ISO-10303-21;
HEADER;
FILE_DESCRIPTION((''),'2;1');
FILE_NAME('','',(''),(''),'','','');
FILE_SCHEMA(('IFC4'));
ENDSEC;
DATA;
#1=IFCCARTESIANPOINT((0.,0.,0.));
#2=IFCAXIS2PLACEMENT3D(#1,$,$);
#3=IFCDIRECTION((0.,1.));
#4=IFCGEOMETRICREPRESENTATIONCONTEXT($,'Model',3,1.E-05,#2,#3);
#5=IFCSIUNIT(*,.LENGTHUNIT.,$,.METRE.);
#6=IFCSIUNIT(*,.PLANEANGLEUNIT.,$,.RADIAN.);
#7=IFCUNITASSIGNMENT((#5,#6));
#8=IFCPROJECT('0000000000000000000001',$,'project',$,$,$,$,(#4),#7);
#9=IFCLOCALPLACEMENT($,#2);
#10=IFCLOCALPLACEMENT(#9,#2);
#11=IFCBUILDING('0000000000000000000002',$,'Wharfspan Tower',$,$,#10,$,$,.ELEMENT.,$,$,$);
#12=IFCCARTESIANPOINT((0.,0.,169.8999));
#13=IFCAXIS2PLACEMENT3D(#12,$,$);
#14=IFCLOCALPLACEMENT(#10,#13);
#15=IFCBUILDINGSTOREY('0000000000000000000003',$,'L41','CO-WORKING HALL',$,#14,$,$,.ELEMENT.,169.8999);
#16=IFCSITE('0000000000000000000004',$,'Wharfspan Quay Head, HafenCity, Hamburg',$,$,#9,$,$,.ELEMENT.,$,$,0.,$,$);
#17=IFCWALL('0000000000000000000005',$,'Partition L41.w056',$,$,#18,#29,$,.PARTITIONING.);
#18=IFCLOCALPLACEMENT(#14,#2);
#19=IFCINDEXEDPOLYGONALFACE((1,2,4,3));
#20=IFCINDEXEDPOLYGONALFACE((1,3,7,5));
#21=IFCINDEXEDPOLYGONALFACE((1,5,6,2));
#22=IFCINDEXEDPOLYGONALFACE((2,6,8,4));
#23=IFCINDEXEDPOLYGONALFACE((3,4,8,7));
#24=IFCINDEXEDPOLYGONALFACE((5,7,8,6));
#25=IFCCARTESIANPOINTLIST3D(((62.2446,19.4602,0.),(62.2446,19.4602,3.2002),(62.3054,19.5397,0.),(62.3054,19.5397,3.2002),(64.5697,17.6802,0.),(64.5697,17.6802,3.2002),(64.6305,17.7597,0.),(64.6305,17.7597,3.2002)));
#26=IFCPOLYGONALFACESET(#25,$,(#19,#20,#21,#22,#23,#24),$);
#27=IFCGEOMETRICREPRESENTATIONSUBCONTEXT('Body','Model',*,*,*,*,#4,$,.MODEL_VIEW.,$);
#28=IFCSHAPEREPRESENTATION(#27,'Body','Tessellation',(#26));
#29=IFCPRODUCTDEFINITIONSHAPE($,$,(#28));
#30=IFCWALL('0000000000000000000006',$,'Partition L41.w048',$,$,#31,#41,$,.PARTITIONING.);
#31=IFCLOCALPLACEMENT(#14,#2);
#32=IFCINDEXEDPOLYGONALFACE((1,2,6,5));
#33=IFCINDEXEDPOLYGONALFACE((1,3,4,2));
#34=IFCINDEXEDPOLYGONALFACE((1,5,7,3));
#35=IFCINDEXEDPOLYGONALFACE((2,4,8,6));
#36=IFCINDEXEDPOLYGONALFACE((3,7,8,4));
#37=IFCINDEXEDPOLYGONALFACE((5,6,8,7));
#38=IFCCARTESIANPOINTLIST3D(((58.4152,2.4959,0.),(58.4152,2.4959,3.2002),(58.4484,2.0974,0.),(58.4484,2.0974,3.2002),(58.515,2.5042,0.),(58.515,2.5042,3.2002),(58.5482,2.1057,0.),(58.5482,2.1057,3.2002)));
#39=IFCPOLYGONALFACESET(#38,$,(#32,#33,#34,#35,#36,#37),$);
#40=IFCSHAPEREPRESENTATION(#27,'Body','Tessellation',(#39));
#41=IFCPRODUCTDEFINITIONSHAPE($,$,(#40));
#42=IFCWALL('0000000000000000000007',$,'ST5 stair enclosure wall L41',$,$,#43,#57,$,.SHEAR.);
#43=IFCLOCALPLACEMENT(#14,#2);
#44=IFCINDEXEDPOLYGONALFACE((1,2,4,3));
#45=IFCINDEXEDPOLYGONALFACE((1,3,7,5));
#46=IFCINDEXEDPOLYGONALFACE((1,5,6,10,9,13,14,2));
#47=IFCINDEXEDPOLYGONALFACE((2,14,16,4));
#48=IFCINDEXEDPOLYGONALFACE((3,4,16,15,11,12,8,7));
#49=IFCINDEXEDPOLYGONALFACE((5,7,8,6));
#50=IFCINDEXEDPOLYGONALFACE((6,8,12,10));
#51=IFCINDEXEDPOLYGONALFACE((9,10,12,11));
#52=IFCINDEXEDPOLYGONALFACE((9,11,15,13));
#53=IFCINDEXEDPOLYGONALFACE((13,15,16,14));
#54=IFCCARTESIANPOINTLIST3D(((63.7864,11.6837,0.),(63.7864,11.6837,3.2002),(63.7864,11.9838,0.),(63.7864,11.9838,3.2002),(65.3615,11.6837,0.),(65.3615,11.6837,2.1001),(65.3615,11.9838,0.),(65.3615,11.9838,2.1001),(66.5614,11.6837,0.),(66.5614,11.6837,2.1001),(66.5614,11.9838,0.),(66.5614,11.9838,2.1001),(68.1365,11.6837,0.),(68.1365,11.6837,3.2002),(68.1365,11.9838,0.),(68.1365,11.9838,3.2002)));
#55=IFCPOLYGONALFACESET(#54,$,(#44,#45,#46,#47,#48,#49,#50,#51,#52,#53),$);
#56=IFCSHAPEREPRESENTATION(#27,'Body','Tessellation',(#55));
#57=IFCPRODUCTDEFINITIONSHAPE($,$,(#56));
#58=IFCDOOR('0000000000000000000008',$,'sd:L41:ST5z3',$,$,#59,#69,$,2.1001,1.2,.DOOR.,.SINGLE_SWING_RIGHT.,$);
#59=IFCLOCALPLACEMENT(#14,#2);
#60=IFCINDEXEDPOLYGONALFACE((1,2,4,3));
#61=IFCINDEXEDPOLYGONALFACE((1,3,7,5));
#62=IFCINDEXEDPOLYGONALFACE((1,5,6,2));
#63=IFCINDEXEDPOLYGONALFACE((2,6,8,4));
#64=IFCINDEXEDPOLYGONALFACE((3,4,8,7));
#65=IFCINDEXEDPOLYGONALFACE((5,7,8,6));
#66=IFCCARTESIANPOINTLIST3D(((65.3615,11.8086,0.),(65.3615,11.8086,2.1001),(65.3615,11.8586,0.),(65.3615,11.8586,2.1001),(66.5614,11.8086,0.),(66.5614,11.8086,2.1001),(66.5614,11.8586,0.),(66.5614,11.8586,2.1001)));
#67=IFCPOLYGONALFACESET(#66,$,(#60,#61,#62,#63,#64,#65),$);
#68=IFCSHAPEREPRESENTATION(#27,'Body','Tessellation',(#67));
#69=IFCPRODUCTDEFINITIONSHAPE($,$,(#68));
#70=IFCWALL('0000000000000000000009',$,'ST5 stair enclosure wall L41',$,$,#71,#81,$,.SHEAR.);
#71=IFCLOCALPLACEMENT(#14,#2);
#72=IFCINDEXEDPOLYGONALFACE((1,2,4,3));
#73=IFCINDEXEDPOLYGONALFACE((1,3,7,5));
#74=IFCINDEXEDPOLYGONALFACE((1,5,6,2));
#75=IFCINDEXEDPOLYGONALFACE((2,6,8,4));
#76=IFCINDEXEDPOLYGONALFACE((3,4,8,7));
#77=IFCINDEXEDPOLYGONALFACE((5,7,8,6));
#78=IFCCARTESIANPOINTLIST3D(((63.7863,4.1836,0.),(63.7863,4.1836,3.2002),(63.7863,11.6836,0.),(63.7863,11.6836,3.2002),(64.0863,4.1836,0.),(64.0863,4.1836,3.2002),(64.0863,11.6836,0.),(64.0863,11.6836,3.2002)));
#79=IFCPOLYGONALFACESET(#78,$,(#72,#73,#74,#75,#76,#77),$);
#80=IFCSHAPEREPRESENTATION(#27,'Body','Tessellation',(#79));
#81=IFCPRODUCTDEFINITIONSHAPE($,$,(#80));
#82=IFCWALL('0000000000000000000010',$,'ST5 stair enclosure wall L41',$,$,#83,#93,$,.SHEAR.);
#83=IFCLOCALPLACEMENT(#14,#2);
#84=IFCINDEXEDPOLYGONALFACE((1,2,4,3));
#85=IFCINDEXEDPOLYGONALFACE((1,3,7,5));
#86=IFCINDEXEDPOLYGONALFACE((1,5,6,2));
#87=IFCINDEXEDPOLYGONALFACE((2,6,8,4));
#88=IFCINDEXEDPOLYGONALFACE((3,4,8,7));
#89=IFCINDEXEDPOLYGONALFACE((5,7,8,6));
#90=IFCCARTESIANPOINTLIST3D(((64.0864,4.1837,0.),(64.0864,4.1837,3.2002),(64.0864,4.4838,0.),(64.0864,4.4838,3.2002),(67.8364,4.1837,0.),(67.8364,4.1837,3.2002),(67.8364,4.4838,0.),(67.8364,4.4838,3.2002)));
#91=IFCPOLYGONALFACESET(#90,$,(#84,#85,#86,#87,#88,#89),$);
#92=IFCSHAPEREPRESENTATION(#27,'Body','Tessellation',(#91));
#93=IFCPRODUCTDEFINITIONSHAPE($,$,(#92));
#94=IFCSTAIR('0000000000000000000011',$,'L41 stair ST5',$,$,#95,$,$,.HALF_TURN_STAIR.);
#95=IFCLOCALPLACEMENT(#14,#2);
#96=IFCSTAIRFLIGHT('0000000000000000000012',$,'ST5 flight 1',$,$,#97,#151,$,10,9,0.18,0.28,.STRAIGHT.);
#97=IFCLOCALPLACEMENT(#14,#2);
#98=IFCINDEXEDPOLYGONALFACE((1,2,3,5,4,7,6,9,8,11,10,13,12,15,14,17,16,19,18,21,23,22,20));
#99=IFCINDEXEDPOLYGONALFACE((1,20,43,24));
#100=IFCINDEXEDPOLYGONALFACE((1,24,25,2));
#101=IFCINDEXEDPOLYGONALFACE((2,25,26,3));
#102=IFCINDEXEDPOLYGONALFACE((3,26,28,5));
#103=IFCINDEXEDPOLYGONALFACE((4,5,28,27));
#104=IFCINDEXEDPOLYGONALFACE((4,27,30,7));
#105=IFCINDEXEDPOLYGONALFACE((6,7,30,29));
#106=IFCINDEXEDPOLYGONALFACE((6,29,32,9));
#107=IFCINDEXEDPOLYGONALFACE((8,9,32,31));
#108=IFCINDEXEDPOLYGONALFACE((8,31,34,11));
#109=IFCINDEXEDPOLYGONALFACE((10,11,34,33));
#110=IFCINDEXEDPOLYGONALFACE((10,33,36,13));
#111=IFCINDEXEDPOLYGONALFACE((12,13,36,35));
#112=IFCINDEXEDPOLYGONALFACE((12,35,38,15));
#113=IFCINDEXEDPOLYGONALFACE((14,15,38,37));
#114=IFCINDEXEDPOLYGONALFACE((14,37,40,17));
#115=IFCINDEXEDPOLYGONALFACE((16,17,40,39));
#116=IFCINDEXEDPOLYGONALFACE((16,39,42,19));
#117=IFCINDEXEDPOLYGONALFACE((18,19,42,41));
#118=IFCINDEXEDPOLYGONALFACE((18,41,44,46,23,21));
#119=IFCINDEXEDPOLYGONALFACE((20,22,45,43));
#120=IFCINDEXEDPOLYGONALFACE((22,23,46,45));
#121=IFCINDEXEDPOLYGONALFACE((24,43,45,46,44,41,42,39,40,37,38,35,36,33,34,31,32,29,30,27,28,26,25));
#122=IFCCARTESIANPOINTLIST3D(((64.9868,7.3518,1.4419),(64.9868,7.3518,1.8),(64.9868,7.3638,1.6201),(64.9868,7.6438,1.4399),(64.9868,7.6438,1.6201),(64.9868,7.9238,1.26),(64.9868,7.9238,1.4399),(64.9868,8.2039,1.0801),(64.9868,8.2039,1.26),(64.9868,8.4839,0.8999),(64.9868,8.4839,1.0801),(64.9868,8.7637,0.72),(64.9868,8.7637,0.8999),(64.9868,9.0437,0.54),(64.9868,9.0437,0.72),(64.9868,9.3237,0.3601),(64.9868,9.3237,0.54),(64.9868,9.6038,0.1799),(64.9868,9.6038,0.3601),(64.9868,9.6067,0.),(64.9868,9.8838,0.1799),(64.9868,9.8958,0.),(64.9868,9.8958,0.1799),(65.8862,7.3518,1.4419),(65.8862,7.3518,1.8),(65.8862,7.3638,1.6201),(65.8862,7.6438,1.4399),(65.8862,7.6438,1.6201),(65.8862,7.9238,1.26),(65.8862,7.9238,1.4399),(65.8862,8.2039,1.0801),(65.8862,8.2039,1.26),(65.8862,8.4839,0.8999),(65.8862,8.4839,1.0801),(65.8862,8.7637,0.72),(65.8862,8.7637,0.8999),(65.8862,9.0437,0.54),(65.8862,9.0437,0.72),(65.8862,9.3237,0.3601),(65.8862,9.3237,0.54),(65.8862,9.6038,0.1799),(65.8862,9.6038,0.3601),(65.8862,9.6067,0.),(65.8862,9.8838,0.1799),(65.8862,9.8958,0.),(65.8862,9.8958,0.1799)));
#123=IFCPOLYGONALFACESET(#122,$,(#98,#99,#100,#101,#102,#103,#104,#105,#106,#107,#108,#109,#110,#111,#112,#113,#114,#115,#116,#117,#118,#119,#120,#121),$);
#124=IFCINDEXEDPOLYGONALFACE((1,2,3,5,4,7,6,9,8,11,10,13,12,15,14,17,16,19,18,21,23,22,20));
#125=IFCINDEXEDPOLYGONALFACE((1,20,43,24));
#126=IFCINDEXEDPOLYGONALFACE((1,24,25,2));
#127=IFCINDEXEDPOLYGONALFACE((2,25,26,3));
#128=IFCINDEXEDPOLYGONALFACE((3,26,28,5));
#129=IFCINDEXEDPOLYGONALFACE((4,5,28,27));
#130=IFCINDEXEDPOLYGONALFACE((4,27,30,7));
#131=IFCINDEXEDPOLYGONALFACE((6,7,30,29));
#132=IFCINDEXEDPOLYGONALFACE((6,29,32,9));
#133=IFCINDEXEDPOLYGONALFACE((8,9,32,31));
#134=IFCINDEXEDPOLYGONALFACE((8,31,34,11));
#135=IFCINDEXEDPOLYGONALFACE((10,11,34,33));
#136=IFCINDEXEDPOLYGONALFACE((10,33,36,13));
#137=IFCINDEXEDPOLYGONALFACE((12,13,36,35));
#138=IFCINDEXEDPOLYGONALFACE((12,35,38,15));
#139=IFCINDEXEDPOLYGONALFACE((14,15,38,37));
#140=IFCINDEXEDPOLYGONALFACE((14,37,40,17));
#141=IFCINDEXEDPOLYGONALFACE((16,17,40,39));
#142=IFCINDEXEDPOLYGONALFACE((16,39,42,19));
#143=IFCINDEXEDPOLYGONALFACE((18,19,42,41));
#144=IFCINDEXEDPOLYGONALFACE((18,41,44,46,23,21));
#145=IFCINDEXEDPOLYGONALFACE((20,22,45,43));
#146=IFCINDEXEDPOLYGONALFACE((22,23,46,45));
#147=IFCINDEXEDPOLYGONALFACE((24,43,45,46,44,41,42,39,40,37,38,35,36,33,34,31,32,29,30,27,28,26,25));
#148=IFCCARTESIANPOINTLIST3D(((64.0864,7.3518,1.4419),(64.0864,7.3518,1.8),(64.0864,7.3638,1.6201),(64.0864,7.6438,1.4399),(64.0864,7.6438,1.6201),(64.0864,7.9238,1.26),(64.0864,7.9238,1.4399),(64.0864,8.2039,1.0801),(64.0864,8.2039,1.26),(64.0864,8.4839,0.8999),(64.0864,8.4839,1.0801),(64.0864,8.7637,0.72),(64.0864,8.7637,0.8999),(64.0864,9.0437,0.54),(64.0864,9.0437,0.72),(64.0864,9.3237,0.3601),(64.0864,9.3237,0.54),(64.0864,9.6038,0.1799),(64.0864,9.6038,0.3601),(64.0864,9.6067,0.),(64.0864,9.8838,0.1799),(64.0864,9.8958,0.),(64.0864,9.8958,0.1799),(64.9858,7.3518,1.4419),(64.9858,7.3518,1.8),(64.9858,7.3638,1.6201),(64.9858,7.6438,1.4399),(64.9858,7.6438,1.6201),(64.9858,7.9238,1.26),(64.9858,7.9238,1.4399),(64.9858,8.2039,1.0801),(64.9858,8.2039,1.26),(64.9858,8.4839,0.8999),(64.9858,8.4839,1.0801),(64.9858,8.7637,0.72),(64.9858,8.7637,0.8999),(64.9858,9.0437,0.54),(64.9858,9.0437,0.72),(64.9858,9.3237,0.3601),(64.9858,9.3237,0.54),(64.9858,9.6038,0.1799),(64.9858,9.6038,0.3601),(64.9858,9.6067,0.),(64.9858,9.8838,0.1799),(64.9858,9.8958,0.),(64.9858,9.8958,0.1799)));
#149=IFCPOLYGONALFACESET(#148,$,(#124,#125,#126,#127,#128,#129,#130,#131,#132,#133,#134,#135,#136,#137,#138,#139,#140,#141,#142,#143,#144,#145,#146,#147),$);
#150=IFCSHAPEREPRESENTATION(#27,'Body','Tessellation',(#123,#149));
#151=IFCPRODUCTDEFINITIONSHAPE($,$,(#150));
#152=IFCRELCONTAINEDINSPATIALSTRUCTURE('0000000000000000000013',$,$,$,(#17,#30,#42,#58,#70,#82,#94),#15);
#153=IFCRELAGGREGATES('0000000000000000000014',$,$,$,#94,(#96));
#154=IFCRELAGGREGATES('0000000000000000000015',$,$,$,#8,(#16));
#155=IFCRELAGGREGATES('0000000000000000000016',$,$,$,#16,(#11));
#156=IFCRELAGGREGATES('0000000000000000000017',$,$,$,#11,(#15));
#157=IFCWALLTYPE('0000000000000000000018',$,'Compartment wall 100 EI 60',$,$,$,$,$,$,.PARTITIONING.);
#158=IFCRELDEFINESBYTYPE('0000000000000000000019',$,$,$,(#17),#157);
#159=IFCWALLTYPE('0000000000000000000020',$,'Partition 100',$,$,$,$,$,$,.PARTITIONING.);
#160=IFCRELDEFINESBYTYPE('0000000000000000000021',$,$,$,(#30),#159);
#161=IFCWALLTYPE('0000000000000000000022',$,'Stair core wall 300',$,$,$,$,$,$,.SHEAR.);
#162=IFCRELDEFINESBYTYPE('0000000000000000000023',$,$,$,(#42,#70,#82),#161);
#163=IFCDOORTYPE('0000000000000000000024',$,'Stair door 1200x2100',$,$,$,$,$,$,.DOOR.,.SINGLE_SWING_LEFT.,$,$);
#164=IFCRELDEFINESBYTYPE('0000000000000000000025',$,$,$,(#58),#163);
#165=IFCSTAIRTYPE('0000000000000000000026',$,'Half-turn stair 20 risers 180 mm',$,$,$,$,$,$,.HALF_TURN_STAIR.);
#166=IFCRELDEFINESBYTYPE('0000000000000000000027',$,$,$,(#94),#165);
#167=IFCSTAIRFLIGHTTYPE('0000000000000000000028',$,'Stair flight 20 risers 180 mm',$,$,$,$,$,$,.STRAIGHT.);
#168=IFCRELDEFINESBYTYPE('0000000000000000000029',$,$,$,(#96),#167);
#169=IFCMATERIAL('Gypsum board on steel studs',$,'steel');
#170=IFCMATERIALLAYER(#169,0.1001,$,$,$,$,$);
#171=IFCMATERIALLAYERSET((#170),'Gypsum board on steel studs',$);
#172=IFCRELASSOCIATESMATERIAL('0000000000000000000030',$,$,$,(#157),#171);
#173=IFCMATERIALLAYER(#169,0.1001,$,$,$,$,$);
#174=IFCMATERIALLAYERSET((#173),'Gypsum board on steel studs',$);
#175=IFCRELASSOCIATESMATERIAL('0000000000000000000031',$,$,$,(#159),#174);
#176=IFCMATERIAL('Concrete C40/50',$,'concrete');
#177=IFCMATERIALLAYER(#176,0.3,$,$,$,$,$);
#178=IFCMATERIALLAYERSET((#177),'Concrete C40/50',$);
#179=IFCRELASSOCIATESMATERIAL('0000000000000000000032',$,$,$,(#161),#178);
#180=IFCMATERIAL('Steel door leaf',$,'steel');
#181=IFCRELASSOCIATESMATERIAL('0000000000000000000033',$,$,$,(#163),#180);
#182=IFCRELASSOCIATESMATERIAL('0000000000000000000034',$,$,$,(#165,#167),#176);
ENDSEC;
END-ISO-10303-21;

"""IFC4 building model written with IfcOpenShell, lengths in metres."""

from ifc_helpers import new_model, si_unit, direction, frame, frame_2d, origin, place, context, subcontext, project, spatial, polyline, rectangle, outline, extrude, material, layer, layer_set, type_object, element, fill, aggregate, save


model = new_model("IFC4")

# Units and contexts
model_context = context("Model", 3, precision=1e-05, world=origin(), true_north=direction((0.0, 1.0)))
body_context = subcontext(model_context, "Body", "Model", "MODEL_VIEW")
ifc_project = project(units=[si_unit("LENGTHUNIT", "METRE"), si_unit("PLANEANGLEUNIT", "RADIAN")], contexts=[model_context])

# Site, building, storey
site_placement = place(None, origin())
site = spatial("IfcSite", under=ifc_project, at=site_placement, Name="Wharfspan Quay Head, HafenCity, Hamburg", CompositionType="ELEMENT", RefElevation=0.0)
building_placement = place(site_placement, origin())
building = spatial("IfcBuilding", under=site, at=building_placement, Name="Wharfspan Tower", CompositionType="ELEMENT")
storey_placement = place(building_placement, frame((0.0, 0.0, 169.8999)))
storey = spatial("IfcBuildingStorey", under=building, at=storey_placement, Name="L41", Description="CO-WORKING HALL", CompositionType="ELEMENT", Elevation=169.8999)

# Shared definitions
ifc_material_1 = material(Name="Gypsum board on steel studs", Category="steel")
ifc_layer_1 = layer(ifc_material_1, 0.1001)
ifc_layer_set_1 = layer_set([ifc_layer_1], Name="Gypsum board on steel studs")
wall_type_1 = type_object("IfcWallType", Name="Compartment wall 100 EI 60", PredefinedType="PARTITIONING", material=ifc_layer_set_1)

# Walls
wall_1_placement = place(storey_placement, frame((64.6001, 17.72, 0.0), z_axis=(0.0, 0.0, 1.0), x_axis=(-0.794036, 0.607866, 0.0)))
element("IfcWall", 1, at=wall_1_placement, inside=storey, type_object=wall_type_1, Name="Partition L41.w056", PredefinedType="PARTITIONING", context=body_context, shape_type="SweptSolid", body=[
    extrude(rectangle(XDim=2.9282, YDim=0.1001, at=frame_2d((1.4641, 0.0))), origin(), (0.0, 0.0, 1.0), 3.2002),
])
ifc_layer_2 = layer(ifc_material_1, 0.1001)
ifc_layer_set_2 = layer_set([ifc_layer_2], Name="Gypsum board on steel studs")
wall_type_2 = type_object("IfcWallType", Name="Partition 100", PredefinedType="PARTITIONING", material=ifc_layer_set_2)
wall_2_placement = place(storey_placement, frame((58.4983, 2.1016, 0.0), z_axis=(0.0, 0.0, 1.0), x_axis=(-0.083045, 0.996542, 0.0)))
element("IfcWall", 2, at=wall_2_placement, inside=storey, type_object=wall_type_2, Name="Partition L41.w048", PredefinedType="PARTITIONING", context=body_context, shape_type="SweptSolid", body=[
    extrude(rectangle(XDim=0.3999, YDim=0.1001, at=frame_2d((0.2, 0.0))), origin(), (0.0, 0.0, 1.0), 3.2002),
])

# Wall, opening, door
ifc_material_2 = material(Name="Concrete C40/50", Category="concrete")
ifc_layer_3 = layer(ifc_material_2, 0.3)
ifc_layer_set_3 = layer_set([ifc_layer_3], Name="Concrete C40/50")
wall_type_3 = type_object("IfcWallType", Name="Stair core wall 300", PredefinedType="SHEAR", material=ifc_layer_set_3)
wall_3_placement = place(storey_placement, frame((63.7864, 11.8337, 0.0), z_axis=(0.0, 0.0, 1.0), x_axis=(1.0, 0.0, 0.0)))
wall_3 = element("IfcWall", 3, at=wall_3_placement, inside=storey, type_object=wall_type_3, Name="ST5 stair enclosure wall L41", PredefinedType="SHEAR", context=body_context, shape_type="SweptSolid", body=[
    extrude(rectangle(XDim=4.3501, YDim=0.3, at=frame_2d((2.175, 0.0))), origin(), (0.0, 0.0, 1.0), 3.2002),
])
opening_1_placement = place(wall_3_placement, frame((1.575, 0.0, 0.0)))
opening_1 = element("IfcOpeningElement", 4, at=opening_1_placement, cuts=wall_3, PredefinedType="OPENING", context=body_context, shape_type="SweptSolid", body=[
    extrude(rectangle(XDim=1.2, YDim=2.1001, at=frame_2d((0.6001, 1.05))), frame((0.0, 0.1599, 0.0), z_axis=(0.0, -1.0, 0.0), x_axis=(1.0, 0.0, 0.0)), (0.0, 0.0, 1.0), 0.3201),
])
ifc_material_3 = material(Name="Steel door leaf", Category="steel")
door_type_1 = type_object("IfcDoorType", Name="Stair door 1200x2100", OperationType="SINGLE_SWING_LEFT", PredefinedType="DOOR", material=ifc_material_3)
door_1_placement = place(opening_1_placement, origin())
door_1 = element("IfcDoor", 5, at=door_1_placement, inside=storey, type_object=door_type_1, Name="sd:L41:ST5z3", OperationType="SINGLE_SWING_RIGHT", OverallHeight=2.1001, OverallWidth=1.2, PredefinedType="DOOR", context=body_context, shape_type="SweptSolid", body=[
    extrude(rectangle(XDim=1.2, YDim=2.1001, at=frame_2d((0.6001, 1.05))), frame((0.0, 0.0249, 0.0), z_axis=(0.0, -1.0, 0.0), x_axis=(1.0, 0.0, 0.0)), (0.0, 0.0, 1.0), 0.05),
])
fill(opening_1, door_1)

# Walls
wall_4_placement = place(storey_placement, frame((63.9363, 4.1836, 0.0), z_axis=(0.0, 0.0, 1.0), x_axis=(0.0, 1.0, 0.0)))
element("IfcWall", 6, at=wall_4_placement, inside=storey, type_object=wall_type_3, Name="ST5 stair enclosure wall L41", PredefinedType="SHEAR", context=body_context, shape_type="SweptSolid", body=[
    extrude(rectangle(XDim=7.5, YDim=0.3, at=frame_2d((3.75, 0.0))), origin(), (0.0, 0.0, 1.0), 3.2002),
])
wall_5_placement = place(storey_placement, frame((64.0864, 4.3337, 0.0), z_axis=(0.0, 0.0, 1.0), x_axis=(1.0, 0.0, 0.0)))
element("IfcWall", 7, at=wall_5_placement, inside=storey, type_object=wall_type_3, Name="ST5 stair enclosure wall L41", PredefinedType="SHEAR", context=body_context, shape_type="SweptSolid", body=[
    extrude(rectangle(XDim=3.75, YDim=0.3, at=frame_2d((1.875, 0.0))), origin(), (0.0, 0.0, 1.0), 3.2002),
])

# Stair, stair flight
stair_type = type_object("IfcStairType", Name="Half-turn stair 20 risers 180 mm", PredefinedType="HALF_TURN_STAIR", material=ifc_material_2)
stair_placement = place(storey_placement, origin())
stair = element("IfcStair", 8, at=stair_placement, inside=storey, type_object=stair_type, Name="L41 stair ST5", PredefinedType="HALF_TURN_STAIR")
stair_flight_type = type_object("IfcStairFlightType", Name="Stair flight 20 risers 180 mm", PredefinedType="STRAIGHT", material=ifc_material_2)
stair_flight_placement = place(storey_placement, frame((64.9863, 9.8838, 0.0), z_axis=(0.0, 0.0, 1.0), x_axis=(0.0, -1.0, 0.0)))
stair_flight = element("IfcStairFlight", 9, at=stair_flight_placement, type_object=stair_flight_type, Name="ST5 flight 1", NumberOfRisers=10, NumberOfTreads=9, PredefinedType="STRAIGHT", RiserHeight=0.18, TreadLength=0.28, context=body_context, shape_type="SweptSolid", body=[
    extrude(outline(polyline([(-0.012, 0.0), (-0.012, 0.1799), (0.0, 0.1799), (0.28, 0.1799), (0.28, 0.3601), (0.5601, 0.3601), (0.5601, 0.54), (0.8401, 0.54), (0.8401, 0.72), (1.1201, 0.72), (1.1201, 0.8999), (1.3999, 0.8999), (1.3999, 1.0801), (1.6799, 1.0801), (1.6799, 1.26), (1.96, 1.26), (1.96, 1.4399), (2.24, 1.4399), (2.24, 1.6201), (2.52, 1.6201), (2.532, 1.8), (2.532, 1.4419), (0.2771, 0.0), (-0.012, 0.0)])), frame((0.0, 0.8999, 0.0), z_axis=(0.0, -1.0, 0.0), x_axis=(1.0, 0.0, 0.0)), (0.0, 0.0, 1.0), 0.8994),
    extrude(outline(polyline([(-0.012, 0.0), (-0.012, 0.1799), (0.0, 0.1799), (0.28, 0.1799), (0.28, 0.3601), (0.5601, 0.3601), (0.5601, 0.54), (0.8401, 0.54), (0.8401, 0.72), (1.1201, 0.72), (1.1201, 0.8999), (1.3999, 0.8999), (1.3999, 1.0801), (1.6799, 1.0801), (1.6799, 1.26), (1.96, 1.26), (1.96, 1.4399), (2.24, 1.4399), (2.24, 1.6201), (2.52, 1.6201), (2.532, 1.8), (2.532, 1.4419), (0.2771, 0.0), (-0.012, 0.0)])), frame((0.0, -0.0005, 0.0), z_axis=(0.0, -1.0, 0.0), x_axis=(1.0, 0.0, 0.0)), (0.0, 0.0, 1.0), 0.8994),
])
aggregate(stair, [stair_flight])

save(model, "model.ifc")
